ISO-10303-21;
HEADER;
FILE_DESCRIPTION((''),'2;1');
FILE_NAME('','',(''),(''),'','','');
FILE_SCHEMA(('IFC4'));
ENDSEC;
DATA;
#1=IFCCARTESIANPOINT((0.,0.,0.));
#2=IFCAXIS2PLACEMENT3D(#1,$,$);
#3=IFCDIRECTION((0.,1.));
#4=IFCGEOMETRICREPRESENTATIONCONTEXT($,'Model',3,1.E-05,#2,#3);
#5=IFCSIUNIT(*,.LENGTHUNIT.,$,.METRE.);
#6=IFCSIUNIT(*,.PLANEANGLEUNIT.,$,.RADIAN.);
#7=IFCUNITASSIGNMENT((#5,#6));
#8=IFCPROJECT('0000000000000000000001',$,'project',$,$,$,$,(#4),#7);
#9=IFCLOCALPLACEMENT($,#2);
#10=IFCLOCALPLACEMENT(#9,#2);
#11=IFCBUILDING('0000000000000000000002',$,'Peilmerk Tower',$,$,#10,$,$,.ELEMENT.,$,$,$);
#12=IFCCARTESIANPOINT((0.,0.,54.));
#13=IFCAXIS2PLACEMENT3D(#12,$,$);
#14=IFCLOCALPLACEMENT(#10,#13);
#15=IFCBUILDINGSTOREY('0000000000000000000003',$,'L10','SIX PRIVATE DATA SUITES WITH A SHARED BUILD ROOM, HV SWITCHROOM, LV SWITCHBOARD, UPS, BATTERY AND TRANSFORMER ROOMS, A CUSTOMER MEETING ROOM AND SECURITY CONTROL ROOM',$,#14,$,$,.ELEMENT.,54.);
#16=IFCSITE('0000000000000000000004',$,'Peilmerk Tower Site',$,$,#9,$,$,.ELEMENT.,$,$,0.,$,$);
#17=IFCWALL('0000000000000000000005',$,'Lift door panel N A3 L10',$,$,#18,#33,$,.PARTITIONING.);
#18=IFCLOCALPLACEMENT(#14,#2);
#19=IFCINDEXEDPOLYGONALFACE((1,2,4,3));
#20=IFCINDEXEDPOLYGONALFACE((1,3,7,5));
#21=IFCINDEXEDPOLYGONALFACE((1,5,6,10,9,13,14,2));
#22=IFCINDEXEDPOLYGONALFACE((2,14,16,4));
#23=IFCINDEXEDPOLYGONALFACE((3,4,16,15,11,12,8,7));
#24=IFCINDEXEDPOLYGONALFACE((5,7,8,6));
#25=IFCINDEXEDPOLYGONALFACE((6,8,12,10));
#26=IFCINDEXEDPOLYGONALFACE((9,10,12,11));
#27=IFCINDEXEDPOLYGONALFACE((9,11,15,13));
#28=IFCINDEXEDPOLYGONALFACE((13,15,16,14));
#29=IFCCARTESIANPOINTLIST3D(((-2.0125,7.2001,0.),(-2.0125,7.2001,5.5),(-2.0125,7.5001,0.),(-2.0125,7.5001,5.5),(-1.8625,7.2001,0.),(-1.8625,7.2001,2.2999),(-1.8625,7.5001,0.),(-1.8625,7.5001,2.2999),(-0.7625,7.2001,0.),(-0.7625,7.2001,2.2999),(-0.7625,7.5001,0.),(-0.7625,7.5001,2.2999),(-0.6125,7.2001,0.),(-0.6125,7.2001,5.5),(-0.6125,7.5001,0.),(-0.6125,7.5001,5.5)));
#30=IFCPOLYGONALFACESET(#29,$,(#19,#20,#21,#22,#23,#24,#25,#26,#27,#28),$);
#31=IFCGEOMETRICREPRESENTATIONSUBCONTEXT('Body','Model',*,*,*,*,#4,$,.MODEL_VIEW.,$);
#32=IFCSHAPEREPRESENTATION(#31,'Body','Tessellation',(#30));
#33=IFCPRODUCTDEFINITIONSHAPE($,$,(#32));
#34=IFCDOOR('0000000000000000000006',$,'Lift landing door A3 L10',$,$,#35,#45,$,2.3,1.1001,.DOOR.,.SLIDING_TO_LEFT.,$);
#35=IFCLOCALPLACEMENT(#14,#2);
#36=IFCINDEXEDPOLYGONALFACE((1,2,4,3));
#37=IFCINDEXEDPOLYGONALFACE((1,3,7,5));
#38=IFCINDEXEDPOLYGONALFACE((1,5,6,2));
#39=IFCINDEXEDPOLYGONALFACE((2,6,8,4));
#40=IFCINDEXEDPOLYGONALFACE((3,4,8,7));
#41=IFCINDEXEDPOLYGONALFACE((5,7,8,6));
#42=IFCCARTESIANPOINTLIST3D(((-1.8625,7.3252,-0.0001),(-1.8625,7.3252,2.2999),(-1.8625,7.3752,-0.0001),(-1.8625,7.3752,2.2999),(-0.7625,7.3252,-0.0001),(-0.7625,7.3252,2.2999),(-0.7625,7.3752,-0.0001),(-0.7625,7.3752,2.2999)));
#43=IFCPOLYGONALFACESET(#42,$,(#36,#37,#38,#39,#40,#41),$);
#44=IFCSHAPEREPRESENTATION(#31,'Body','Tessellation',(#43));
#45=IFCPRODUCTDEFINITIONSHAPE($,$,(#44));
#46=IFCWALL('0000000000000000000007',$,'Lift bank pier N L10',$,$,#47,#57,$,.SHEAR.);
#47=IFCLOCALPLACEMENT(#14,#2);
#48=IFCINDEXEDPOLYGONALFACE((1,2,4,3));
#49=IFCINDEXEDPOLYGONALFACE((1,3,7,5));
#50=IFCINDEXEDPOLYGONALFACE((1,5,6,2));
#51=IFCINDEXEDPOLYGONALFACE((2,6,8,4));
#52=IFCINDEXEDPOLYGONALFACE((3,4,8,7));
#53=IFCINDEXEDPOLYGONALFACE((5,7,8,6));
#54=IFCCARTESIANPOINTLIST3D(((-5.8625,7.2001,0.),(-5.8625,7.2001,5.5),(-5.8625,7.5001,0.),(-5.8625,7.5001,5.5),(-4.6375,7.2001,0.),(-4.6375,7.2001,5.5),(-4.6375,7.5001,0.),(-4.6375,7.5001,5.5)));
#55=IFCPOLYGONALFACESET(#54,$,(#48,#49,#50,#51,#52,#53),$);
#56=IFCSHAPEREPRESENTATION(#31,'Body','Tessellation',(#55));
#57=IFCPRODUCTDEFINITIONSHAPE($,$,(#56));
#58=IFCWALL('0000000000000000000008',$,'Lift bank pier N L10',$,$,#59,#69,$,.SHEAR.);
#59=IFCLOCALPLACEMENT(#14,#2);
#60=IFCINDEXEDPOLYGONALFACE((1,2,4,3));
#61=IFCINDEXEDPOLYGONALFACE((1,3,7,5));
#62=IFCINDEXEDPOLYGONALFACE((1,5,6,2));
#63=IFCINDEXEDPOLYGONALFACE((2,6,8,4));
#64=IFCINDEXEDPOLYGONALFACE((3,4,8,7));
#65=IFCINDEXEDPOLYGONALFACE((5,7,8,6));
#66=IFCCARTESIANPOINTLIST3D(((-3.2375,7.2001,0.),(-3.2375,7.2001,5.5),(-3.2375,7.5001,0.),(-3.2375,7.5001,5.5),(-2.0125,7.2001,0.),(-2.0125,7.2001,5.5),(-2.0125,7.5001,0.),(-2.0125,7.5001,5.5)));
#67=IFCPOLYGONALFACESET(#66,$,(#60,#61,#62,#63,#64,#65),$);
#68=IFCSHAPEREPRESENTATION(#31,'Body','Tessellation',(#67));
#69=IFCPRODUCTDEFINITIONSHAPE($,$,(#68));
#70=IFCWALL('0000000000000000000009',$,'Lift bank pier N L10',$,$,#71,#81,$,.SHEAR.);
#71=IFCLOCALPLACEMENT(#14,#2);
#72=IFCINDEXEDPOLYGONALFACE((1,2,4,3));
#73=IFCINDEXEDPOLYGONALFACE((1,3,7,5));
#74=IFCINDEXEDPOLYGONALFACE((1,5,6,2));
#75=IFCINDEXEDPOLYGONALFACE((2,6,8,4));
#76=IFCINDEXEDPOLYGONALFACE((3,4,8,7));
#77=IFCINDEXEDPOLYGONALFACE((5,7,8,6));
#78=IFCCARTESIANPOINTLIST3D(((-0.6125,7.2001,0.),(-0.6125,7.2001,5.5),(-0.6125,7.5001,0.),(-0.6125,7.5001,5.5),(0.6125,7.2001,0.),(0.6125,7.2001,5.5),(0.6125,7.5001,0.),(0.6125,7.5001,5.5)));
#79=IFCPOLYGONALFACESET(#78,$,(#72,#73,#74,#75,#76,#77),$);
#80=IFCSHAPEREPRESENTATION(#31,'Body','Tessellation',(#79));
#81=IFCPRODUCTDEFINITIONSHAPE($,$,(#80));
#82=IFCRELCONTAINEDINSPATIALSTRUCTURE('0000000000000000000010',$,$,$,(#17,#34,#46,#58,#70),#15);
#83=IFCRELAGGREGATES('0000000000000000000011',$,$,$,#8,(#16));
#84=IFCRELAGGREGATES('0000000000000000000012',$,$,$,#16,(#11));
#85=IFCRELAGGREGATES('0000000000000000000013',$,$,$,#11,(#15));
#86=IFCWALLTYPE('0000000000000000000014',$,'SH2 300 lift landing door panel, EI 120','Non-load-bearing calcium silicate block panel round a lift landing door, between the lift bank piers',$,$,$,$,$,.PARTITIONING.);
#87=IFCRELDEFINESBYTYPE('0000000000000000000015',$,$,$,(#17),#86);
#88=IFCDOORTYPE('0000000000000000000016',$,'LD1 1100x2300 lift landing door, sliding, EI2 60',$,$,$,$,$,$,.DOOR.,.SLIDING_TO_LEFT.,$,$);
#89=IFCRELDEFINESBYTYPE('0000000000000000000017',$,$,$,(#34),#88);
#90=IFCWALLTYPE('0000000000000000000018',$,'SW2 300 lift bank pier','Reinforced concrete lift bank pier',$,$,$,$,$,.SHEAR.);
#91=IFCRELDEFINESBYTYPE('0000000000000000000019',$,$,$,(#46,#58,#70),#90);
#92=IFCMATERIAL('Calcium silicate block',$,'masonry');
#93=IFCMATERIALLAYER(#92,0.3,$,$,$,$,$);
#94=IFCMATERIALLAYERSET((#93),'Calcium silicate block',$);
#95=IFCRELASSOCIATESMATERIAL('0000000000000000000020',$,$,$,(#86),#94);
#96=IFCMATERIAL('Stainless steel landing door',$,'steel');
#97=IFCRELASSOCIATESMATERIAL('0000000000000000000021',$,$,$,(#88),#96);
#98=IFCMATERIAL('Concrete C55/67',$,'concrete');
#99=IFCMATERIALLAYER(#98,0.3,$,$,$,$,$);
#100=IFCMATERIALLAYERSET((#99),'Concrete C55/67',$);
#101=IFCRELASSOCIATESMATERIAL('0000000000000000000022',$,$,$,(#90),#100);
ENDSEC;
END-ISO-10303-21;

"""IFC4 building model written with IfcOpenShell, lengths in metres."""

from ifc_helpers import new_model, si_unit, direction, frame, frame_2d, origin, place, context, subcontext, project, spatial, rectangle, extrude, material, layer, layer_set, type_object, element, fill, save


model = new_model("IFC4")

# Units and contexts
model_context = context("Model", 3, precision=1e-05, world=origin(), true_north=direction((0.0, 1.0)))
body_context = subcontext(model_context, "Body", "Model", "MODEL_VIEW")
ifc_project = project(units=[si_unit("LENGTHUNIT", "METRE"), si_unit("PLANEANGLEUNIT", "RADIAN")], contexts=[model_context])

# Site, building, storey
site_placement = place(None, origin())
site = spatial("IfcSite", under=ifc_project, at=site_placement, Name="Peilmerk Tower Site", CompositionType="ELEMENT", RefElevation=0.0)
building_placement = place(site_placement, origin())
building = spatial("IfcBuilding", under=site, at=building_placement, Name="Peilmerk Tower", CompositionType="ELEMENT")
storey_placement = place(building_placement, frame((0.0, 0.0, 54.0)))
storey = spatial("IfcBuildingStorey", under=building, at=storey_placement, Name="L10", Description="SIX PRIVATE DATA SUITES WITH A SHARED BUILD ROOM, HV SWITCHROOM, LV SWITCHBOARD, UPS, BATTERY AND TRANSFORMER ROOMS, A CUSTOMER MEETING ROOM AND SECURITY CONTROL ROOM", CompositionType="ELEMENT", Elevation=54.0)

# Shared definitions
ifc_material_1 = material(Name="Calcium silicate block", Category="masonry")

# Wall, opening, door
ifc_layer_1 = layer(ifc_material_1, 0.3)
ifc_layer_set_1 = layer_set([ifc_layer_1], Name="Calcium silicate block")
wall_type_1 = type_object("IfcWallType", Name="SH2 300 lift landing door panel, EI 120", Description="Non-load-bearing calcium silicate block panel round a lift landing door, between the lift bank piers", PredefinedType="PARTITIONING", material=ifc_layer_set_1)
ifc_material_2 = material(Name="Stainless steel landing door", Category="steel")
door_type = type_object("IfcDoorType", Name="LD1 1100x2300 lift landing door, sliding, EI2 60", OperationType="SLIDING_TO_LEFT", PredefinedType="DOOR", material=ifc_material_2)
wall_1_placement = place(storey_placement, frame((-2.0125, 7.3501, 0.0), z_axis=(0.0, 0.0, 1.0), x_axis=(1.0, 0.0, 0.0)))
wall_1 = element("IfcWall", 1, at=wall_1_placement, inside=storey, type_object=wall_type_1, Name="Lift door panel N A3 L10", PredefinedType="PARTITIONING", context=body_context, shape_type="SweptSolid", body=[
    extrude(rectangle(XDim=1.3999, YDim=0.3, at=frame_2d((0.7, 0.0))), origin(), (0.0, 0.0, 1.0), 5.5),
])
opening_1_placement = place(wall_1_placement, frame((0.1499, 0.0, 0.0)))
opening_1 = element("IfcOpeningElement", 2, at=opening_1_placement, cuts=wall_1, PredefinedType="OPENING", context=body_context, shape_type="SweptSolid", body=[
    extrude(rectangle(XDim=1.1001, YDim=2.3, at=frame_2d((0.55, 1.1499))), frame((0.0, 0.1599, 0.0), z_axis=(0.0, -1.0, 0.0), x_axis=(1.0, 0.0, 0.0)), (0.0, 0.0, 1.0), 0.3201),
])
door_1_placement = place(opening_1_placement, frame((1.1001, 0.0, 0.0), z_axis=(0.0, 0.0, 1.0), x_axis=(-1.0, 0.0, 0.0)))
door_1 = element("IfcDoor", 3, at=door_1_placement, inside=storey, type_object=door_type, Name="Lift landing door A3 L10", OperationType="SLIDING_TO_LEFT", OverallHeight=2.3, OverallWidth=1.1001, PredefinedType="DOOR", context=body_context, shape_type="SweptSolid", body=[
    extrude(rectangle(XDim=1.1001, YDim=2.3, at=frame_2d((0.55, 1.1499))), frame((0.0, 0.0249, 0.0), z_axis=(0.0, -1.0, 0.0), x_axis=(1.0, 0.0, 0.0)), (0.0, 0.0, 1.0), 0.05),
])
fill(opening_1, door_1)

# Walls
ifc_material_3 = material(Name="Concrete C55/67", Category="concrete")
ifc_layer_2 = layer(ifc_material_3, 0.3)
ifc_layer_set_2 = layer_set([ifc_layer_2], Name="Concrete C55/67")
wall_type_2 = type_object("IfcWallType", Name="SW2 300 lift bank pier", Description="Reinforced concrete lift bank pier", PredefinedType="SHEAR", material=ifc_layer_set_2)
for number, where, z_axis, x_axis, name in (
    (4, (-5.8625, 7.3501, 0.0), (0.0, 0.0, 1.0), (1.0, 0.0, 0.0), "Lift bank pier N L10"),
    (5, (-3.2375, 7.3501, 0.0), (0.0, 0.0, 1.0), (1.0, 0.0, 0.0), "Lift bank pier N L10"),
    (6, (-0.6125, 7.3501, 0.0), (0.0, 0.0, 1.0), (1.0, 0.0, 0.0), "Lift bank pier N L10"),
):
    element("IfcWall", number, at=place(storey_placement, frame(where, z_axis=z_axis, x_axis=x_axis)), inside=storey, type_object=wall_type_2, Name=name, PredefinedType="SHEAR", context=body_context, shape_type="SweptSolid", body=[
        extrude(rectangle(XDim=1.2251, YDim=0.3, at=frame_2d((0.6125, 0.0))), origin(), (0.0, 0.0, 1.0), 5.5),
    ])

save(model, "model.ifc")
